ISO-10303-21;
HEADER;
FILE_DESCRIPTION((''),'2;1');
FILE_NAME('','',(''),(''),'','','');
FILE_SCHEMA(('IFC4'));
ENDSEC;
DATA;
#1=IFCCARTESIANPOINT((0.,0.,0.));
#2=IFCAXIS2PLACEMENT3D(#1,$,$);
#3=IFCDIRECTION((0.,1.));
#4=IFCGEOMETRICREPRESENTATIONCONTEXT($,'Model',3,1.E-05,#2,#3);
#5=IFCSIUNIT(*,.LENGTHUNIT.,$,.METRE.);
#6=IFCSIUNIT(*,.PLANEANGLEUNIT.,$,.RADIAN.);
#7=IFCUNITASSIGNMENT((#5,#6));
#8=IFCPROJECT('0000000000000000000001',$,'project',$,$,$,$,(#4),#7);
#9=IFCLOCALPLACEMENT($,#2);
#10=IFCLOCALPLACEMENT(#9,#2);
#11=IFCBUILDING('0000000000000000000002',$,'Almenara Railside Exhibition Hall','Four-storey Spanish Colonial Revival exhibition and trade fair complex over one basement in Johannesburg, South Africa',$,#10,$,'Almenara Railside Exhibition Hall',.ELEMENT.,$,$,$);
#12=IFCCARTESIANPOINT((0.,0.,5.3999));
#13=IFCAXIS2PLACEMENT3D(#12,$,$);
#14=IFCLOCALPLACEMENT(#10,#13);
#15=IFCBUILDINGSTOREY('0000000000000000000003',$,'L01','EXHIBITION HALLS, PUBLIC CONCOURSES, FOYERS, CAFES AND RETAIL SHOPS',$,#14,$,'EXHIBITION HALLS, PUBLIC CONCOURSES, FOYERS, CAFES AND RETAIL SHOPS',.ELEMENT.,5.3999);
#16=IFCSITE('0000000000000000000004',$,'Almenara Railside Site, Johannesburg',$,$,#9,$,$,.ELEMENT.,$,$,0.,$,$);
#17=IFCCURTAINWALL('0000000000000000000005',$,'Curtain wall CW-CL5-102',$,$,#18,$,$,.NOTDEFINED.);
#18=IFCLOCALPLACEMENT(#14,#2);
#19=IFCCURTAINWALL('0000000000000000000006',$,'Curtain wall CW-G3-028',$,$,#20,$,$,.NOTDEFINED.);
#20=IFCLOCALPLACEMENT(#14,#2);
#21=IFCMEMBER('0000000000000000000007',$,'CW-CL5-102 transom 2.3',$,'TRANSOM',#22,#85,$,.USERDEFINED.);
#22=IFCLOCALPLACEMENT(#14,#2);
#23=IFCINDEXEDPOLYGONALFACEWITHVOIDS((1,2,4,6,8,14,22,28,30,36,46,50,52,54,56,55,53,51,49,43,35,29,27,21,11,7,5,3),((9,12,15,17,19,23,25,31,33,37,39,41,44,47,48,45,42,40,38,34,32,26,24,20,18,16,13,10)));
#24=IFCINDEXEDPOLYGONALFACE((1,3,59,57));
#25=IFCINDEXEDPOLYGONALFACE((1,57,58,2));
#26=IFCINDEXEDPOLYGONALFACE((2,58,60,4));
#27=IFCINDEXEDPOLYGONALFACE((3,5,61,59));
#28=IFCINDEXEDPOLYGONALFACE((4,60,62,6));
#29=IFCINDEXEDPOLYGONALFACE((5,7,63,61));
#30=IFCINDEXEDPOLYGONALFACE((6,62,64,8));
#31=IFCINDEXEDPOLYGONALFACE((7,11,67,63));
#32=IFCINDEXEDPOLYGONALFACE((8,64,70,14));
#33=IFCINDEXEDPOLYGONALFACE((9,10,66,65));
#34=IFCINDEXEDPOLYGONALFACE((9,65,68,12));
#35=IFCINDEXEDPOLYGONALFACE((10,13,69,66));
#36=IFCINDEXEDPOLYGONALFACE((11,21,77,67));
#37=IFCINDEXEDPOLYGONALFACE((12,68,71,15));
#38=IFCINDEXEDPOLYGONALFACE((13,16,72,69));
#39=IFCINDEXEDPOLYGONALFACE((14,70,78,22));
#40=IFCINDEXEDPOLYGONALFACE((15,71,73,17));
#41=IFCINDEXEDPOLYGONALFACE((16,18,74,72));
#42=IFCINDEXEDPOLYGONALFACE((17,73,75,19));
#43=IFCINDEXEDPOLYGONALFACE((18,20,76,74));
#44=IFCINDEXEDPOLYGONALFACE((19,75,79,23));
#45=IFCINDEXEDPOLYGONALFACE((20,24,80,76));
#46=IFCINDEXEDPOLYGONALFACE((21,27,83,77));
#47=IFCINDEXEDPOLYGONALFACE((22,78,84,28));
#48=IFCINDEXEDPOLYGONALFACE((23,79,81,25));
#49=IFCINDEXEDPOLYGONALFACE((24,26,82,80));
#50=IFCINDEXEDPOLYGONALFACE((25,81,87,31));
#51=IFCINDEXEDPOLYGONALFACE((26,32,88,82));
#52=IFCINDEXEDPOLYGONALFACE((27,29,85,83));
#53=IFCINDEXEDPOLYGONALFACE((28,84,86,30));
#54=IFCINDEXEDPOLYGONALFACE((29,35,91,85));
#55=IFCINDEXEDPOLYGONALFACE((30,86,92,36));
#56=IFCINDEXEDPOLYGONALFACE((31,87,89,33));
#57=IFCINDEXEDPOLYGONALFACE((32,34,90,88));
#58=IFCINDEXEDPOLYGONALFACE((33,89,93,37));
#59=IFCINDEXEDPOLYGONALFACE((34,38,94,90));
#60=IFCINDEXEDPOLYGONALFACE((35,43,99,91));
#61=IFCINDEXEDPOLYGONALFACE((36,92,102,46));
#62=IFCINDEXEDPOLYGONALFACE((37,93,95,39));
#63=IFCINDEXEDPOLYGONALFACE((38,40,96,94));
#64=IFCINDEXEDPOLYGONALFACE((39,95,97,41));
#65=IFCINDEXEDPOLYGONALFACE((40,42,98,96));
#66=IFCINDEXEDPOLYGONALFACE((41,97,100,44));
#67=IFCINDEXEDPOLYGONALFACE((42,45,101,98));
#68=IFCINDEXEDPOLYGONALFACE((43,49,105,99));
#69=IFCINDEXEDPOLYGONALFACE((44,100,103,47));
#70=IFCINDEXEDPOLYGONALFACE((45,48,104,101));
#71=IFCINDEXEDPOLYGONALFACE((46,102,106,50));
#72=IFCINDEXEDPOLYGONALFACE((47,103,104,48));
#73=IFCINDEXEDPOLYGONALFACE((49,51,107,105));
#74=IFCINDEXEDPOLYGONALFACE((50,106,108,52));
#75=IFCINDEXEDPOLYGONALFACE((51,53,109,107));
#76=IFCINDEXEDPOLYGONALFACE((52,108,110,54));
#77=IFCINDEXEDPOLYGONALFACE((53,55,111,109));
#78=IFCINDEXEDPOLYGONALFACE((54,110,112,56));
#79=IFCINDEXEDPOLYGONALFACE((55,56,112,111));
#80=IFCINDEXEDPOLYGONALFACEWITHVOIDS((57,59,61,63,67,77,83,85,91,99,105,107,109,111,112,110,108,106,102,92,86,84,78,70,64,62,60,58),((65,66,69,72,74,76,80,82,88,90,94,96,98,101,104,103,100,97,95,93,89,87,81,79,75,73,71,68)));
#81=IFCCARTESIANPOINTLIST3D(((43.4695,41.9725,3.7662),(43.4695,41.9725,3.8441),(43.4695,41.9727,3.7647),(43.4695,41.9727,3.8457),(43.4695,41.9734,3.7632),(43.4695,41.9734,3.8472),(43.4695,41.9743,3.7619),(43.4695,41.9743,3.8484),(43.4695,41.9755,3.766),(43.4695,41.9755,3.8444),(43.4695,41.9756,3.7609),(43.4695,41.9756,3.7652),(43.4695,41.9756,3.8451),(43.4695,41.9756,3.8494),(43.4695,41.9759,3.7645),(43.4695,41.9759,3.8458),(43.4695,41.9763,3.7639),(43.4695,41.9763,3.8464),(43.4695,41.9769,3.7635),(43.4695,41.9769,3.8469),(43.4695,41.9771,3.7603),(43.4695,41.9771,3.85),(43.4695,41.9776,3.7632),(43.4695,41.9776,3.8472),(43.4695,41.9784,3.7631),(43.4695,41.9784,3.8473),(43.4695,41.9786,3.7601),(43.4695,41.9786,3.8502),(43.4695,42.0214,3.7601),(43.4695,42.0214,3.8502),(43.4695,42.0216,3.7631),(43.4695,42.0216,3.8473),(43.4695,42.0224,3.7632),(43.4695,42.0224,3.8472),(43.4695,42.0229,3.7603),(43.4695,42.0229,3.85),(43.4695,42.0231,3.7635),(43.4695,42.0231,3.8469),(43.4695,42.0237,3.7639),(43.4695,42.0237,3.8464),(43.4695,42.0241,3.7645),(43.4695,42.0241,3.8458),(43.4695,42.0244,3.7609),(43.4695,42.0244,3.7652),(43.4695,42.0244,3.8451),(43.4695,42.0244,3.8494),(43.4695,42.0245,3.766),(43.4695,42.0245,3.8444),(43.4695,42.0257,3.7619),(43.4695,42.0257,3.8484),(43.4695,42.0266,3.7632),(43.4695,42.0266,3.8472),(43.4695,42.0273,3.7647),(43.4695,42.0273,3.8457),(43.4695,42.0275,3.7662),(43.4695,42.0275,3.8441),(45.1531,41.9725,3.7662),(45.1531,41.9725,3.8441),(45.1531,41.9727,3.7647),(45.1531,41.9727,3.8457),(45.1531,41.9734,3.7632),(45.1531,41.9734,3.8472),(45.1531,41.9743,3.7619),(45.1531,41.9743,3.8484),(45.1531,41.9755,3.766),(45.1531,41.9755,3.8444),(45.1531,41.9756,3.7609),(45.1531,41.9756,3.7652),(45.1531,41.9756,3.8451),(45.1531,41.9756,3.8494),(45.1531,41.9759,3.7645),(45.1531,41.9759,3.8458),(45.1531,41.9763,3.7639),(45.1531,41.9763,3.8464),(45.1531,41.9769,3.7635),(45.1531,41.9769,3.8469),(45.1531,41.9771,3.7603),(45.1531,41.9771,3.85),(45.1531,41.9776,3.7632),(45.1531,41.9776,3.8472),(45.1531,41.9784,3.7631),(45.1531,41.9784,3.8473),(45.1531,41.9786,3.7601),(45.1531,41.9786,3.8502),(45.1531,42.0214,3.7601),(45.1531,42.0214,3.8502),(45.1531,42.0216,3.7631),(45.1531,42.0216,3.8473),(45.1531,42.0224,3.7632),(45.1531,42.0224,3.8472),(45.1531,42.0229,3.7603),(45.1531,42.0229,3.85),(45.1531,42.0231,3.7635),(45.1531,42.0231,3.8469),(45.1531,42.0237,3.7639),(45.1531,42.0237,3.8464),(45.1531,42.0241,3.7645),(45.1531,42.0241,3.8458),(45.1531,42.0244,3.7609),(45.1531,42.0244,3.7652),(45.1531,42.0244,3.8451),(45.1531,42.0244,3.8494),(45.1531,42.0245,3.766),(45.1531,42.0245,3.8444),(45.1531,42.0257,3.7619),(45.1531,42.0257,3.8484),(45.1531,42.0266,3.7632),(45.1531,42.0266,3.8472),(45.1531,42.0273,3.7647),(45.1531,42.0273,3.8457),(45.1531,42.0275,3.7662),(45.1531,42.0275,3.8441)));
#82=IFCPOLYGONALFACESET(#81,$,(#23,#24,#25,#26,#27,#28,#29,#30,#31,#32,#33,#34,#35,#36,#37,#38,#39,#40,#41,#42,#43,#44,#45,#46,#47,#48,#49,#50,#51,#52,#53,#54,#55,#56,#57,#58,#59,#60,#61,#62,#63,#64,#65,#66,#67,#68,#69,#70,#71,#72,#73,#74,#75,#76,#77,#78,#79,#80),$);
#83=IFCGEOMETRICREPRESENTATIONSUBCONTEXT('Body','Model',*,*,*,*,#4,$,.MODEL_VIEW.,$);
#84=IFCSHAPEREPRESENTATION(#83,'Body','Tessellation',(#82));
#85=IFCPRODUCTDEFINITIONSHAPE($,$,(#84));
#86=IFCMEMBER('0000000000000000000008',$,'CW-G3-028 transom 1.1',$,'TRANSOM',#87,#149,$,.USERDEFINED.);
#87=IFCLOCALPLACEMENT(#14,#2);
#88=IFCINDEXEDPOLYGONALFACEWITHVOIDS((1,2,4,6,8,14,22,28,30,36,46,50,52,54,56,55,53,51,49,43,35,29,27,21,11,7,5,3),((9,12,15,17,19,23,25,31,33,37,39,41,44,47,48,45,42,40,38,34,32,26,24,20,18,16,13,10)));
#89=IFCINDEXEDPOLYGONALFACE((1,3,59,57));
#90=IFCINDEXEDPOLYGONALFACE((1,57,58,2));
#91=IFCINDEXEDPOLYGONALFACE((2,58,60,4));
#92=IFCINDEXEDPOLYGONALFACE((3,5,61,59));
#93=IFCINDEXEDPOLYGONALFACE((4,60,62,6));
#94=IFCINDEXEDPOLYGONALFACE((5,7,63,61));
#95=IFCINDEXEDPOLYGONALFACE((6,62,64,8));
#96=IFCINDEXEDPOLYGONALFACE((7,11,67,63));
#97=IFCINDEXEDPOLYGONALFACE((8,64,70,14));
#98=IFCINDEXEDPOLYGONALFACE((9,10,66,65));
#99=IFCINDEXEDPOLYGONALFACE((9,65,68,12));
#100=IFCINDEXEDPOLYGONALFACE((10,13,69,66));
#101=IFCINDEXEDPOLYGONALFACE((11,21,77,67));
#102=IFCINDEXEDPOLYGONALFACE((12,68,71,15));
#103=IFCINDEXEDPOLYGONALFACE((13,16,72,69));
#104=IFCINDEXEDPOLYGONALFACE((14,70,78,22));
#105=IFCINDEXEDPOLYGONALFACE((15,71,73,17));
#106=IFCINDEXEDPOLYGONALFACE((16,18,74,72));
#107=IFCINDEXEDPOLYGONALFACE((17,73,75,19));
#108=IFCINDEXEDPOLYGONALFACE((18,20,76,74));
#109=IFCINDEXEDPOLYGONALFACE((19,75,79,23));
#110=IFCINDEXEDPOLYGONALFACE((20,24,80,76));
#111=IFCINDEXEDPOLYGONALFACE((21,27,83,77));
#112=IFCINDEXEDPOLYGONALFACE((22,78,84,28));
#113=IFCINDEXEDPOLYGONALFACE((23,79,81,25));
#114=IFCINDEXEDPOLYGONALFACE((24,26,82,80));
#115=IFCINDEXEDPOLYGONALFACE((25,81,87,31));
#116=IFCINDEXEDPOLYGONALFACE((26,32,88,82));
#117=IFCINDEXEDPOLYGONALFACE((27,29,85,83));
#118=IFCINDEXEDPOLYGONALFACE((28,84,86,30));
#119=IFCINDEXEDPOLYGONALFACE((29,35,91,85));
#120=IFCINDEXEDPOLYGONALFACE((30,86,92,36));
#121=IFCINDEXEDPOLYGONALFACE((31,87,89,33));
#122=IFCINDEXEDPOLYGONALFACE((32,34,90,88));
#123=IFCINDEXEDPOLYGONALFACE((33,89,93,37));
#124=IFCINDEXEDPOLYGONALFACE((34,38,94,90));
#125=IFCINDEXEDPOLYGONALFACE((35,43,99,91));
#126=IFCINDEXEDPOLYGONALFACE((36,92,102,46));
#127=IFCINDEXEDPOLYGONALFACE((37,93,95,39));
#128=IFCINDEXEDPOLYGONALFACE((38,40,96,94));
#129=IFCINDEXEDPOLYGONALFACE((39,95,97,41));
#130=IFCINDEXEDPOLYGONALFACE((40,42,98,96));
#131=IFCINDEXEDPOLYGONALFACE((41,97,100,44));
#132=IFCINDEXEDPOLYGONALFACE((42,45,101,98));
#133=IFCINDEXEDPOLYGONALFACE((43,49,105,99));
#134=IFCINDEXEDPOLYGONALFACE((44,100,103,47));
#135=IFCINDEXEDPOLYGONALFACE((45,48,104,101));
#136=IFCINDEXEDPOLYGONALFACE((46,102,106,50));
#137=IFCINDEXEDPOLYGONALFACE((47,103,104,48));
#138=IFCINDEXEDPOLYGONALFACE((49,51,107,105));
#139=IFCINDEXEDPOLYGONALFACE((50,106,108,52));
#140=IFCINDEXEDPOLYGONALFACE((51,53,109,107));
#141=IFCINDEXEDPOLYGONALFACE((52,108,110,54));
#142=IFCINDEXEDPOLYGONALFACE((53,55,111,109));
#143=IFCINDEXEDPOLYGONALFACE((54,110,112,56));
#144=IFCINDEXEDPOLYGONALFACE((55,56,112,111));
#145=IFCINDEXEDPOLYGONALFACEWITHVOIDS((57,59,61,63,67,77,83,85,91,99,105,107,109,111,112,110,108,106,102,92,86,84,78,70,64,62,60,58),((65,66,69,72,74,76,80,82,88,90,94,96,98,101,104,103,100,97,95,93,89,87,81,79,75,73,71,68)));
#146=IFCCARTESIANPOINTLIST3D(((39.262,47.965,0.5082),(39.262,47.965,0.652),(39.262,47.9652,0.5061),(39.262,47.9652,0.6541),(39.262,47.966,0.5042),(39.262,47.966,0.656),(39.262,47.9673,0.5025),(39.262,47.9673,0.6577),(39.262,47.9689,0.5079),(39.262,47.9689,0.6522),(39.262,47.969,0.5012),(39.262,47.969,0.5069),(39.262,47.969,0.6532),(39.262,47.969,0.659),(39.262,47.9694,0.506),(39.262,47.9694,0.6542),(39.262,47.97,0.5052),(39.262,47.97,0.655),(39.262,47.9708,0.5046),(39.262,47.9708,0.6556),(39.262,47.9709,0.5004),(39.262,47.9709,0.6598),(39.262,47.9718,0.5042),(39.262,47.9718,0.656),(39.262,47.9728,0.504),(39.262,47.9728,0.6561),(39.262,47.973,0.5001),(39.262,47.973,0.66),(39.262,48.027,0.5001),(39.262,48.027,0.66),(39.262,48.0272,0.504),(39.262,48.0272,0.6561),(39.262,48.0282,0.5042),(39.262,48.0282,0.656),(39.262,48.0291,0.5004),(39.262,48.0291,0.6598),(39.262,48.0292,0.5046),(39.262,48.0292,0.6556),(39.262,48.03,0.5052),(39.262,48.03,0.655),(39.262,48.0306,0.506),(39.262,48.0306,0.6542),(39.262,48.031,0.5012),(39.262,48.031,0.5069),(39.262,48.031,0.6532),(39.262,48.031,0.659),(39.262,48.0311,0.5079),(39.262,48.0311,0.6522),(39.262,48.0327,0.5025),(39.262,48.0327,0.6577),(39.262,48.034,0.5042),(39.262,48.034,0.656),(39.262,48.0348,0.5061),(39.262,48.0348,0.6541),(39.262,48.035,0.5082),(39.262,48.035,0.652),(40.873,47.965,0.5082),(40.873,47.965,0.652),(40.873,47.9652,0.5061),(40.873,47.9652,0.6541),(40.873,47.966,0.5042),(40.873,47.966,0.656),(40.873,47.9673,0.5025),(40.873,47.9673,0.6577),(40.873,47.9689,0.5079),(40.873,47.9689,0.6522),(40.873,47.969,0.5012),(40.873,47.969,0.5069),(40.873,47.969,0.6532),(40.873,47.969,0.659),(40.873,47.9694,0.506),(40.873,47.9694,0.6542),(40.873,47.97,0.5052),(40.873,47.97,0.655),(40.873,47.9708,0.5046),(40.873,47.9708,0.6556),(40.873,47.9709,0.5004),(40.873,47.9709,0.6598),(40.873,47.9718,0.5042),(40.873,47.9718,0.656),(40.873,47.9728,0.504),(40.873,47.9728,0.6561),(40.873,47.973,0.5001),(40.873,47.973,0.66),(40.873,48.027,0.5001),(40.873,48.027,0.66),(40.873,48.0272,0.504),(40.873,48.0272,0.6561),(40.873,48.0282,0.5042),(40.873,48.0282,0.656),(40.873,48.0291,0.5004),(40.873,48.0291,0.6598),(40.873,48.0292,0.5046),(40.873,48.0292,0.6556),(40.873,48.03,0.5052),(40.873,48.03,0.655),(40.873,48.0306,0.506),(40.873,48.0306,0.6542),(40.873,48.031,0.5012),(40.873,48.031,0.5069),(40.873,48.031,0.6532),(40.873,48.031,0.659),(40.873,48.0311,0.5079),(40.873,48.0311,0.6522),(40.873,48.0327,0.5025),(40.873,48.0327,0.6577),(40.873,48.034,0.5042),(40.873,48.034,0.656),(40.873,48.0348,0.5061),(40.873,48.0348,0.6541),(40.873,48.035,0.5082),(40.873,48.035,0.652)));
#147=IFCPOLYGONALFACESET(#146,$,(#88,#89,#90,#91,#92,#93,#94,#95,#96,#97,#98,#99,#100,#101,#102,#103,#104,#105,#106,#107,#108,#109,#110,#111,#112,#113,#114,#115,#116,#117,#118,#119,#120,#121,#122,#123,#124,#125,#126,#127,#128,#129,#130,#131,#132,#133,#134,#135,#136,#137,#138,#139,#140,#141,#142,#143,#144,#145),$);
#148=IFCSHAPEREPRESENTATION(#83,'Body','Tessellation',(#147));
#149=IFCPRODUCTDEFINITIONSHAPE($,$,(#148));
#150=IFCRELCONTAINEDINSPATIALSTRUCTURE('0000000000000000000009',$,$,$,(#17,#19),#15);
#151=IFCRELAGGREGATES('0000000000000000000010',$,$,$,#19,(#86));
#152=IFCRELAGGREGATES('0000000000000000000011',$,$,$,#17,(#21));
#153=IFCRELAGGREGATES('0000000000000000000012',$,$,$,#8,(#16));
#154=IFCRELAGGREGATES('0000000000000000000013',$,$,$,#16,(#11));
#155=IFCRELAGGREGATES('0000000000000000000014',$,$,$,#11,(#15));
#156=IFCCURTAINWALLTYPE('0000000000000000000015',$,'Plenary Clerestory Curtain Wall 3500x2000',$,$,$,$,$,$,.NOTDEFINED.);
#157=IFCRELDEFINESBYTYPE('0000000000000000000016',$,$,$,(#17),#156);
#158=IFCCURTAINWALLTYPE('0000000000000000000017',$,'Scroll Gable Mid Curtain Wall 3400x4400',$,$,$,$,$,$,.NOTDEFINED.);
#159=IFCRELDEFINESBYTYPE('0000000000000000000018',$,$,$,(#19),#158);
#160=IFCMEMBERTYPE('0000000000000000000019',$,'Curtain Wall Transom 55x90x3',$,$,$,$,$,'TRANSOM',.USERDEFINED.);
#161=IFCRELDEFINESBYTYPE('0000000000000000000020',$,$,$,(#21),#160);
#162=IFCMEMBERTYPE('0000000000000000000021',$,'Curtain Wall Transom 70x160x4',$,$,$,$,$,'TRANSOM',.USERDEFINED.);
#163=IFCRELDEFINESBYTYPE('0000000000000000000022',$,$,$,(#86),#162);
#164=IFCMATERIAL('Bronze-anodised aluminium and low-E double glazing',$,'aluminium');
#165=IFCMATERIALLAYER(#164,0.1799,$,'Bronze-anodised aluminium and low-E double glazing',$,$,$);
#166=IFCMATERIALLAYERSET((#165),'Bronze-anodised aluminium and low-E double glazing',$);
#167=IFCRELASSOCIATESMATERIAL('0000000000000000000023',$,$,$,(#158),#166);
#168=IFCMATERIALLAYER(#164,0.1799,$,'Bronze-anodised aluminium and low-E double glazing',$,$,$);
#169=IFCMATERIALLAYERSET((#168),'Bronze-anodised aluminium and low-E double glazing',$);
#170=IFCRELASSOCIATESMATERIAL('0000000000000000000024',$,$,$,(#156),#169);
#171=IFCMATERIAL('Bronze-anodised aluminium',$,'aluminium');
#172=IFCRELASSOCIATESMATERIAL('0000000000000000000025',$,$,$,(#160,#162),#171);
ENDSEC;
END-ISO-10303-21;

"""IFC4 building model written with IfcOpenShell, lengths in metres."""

from ifc_helpers import new_model, si_unit, direction, frame, origin, origin_2d, place, context, subcontext, project, spatial, hollow_rectangle, extrude, material, layer, layer_set, material_profile, profile_set, type_object, element, aggregate, save


model = new_model("IFC4")

# Units and contexts
model_context = context("Model", 3, precision=1e-05, world=origin(), true_north=direction((0.0, 1.0)))
body_context = subcontext(model_context, "Body", "Model", "MODEL_VIEW")
ifc_project = project(units=[si_unit("LENGTHUNIT", "METRE"), si_unit("PLANEANGLEUNIT", "RADIAN")], contexts=[model_context])

# Site, building, storey
site_placement = place(None, origin())
site = spatial("IfcSite", under=ifc_project, at=site_placement, Name="Almenara Railside Site, Johannesburg", CompositionType="ELEMENT", RefElevation=0.0)
building_placement = place(site_placement, origin())
building = spatial("IfcBuilding", under=site, at=building_placement, Name="Almenara Railside Exhibition Hall", Description="Four-storey Spanish Colonial Revival exhibition and trade fair complex over one basement in Johannesburg, South Africa", LongName="Almenara Railside Exhibition Hall", CompositionType="ELEMENT")
storey_placement = place(building_placement, frame((0.0, 0.0, 5.3999)))
storey = spatial("IfcBuildingStorey", under=building, at=storey_placement, Name="L01", Description="EXHIBITION HALLS, PUBLIC CONCOURSES, FOYERS, CAFES AND RETAIL SHOPS", LongName="EXHIBITION HALLS, PUBLIC CONCOURSES, FOYERS, CAFES AND RETAIL SHOPS", CompositionType="ELEMENT", Elevation=5.3999)

# Shared definitions
ifc_material_1 = material(Name="Bronze-anodised aluminium and low-E double glazing", Category="aluminium")
ifc_layer_1 = layer(ifc_material_1, 0.1799, Name="Bronze-anodised aluminium and low-E double glazing")
ifc_layer_set_1 = layer_set([ifc_layer_1], Name="Bronze-anodised aluminium and low-E double glazing")
curtain_wall_type_1 = type_object("IfcCurtainWallType", Name="Scroll Gable Mid Curtain Wall 3400x4400", PredefinedType="NOTDEFINED", material=ifc_layer_set_1)
ifc_material_2 = material(Name="Bronze-anodised aluminium", Category="aluminium")

# Curtain walls
ifc_layer_2 = layer(ifc_material_1, 0.1799, Name="Bronze-anodised aluminium and low-E double glazing")
ifc_layer_set_2 = layer_set([ifc_layer_2], Name="Bronze-anodised aluminium and low-E double glazing")
curtain_wall_type_2 = type_object("IfcCurtainWallType", Name="Plenary Clerestory Curtain Wall 3500x2000", PredefinedType="NOTDEFINED", material=ifc_layer_set_2)
curtain_wall_1_placement = place(storey_placement, origin())
curtain_wall_1 = element("IfcCurtainWall", 1, at=curtain_wall_1_placement, inside=storey, type_object=curtain_wall_type_2, Name="Curtain wall CW-CL5-102", PredefinedType="NOTDEFINED")
curtain_wall_2_placement = place(storey_placement, origin())
curtain_wall_2 = element("IfcCurtainWall", 2, at=curtain_wall_2_placement, inside=storey, type_object=curtain_wall_type_1, Name="Curtain wall CW-G3-028", PredefinedType="NOTDEFINED")

# Members
ifc_material_profile_1 = material_profile(ifc_material_2, hollow_rectangle(XDim=0.0549, YDim=0.0901, WallThickness=0.0029, InnerFilletRadius=0.0029, OuterFilletRadius=0.0061, at=origin_2d()), Name="ALU-TRN 55x90x3")
ifc_profile_set_1 = profile_set([ifc_material_profile_1], Name="Bronze-anodised aluminium")
member_type_1 = type_object("IfcMemberType", Name="Curtain Wall Transom 55x90x3", ElementType="TRANSOM", PredefinedType="USERDEFINED", material=ifc_profile_set_1)
member_1_placement = place(storey_placement, frame((43.4695, 42.0, 3.8052), z_axis=(1.0, 0.0, 0.0), x_axis=(0.0, 1.0, 0.0)))
member_1 = element("IfcMember", 3, at=member_1_placement, type_object=member_type_1, Name="CW-CL5-102 transom 2.3", ObjectType="TRANSOM", PredefinedType="USERDEFINED", context=body_context, shape_type="SweptSolid", body=[
    extrude(hollow_rectangle(XDim=0.0549, YDim=0.0901, WallThickness=0.0029, InnerFilletRadius=0.0029, OuterFilletRadius=0.0061, at=origin_2d()), origin(), (0.0, 0.0, 1.0), 1.6836),
])
ifc_material_profile_2 = material_profile(ifc_material_2, hollow_rectangle(XDim=0.0701, YDim=0.1599, WallThickness=0.0039, InnerFilletRadius=0.0039, OuterFilletRadius=0.0081, at=origin_2d()), Name="ALU-TRN 70x160x4")
ifc_profile_set_2 = profile_set([ifc_material_profile_2], Name="Bronze-anodised aluminium")
member_type_2 = type_object("IfcMemberType", Name="Curtain Wall Transom 70x160x4", ElementType="TRANSOM", PredefinedType="USERDEFINED", material=ifc_profile_set_2)
member_2_placement = place(storey_placement, frame((39.262, 48.0, 0.5801), z_axis=(1.0, 0.0, 0.0), x_axis=(0.0, 1.0, 0.0)))
member_2 = element("IfcMember", 4, at=member_2_placement, type_object=member_type_2, Name="CW-G3-028 transom 1.1", ObjectType="TRANSOM", PredefinedType="USERDEFINED", context=body_context, shape_type="SweptSolid", body=[
    extrude(hollow_rectangle(XDim=0.0701, YDim=0.1599, WallThickness=0.0039, InnerFilletRadius=0.0039, OuterFilletRadius=0.0081, at=origin_2d()), origin(), (0.0, 0.0, 1.0), 1.6111),
])
aggregate(curtain_wall_2, [member_2])

aggregate(curtain_wall_1, [member_1])

save(model, "model.ifc")
